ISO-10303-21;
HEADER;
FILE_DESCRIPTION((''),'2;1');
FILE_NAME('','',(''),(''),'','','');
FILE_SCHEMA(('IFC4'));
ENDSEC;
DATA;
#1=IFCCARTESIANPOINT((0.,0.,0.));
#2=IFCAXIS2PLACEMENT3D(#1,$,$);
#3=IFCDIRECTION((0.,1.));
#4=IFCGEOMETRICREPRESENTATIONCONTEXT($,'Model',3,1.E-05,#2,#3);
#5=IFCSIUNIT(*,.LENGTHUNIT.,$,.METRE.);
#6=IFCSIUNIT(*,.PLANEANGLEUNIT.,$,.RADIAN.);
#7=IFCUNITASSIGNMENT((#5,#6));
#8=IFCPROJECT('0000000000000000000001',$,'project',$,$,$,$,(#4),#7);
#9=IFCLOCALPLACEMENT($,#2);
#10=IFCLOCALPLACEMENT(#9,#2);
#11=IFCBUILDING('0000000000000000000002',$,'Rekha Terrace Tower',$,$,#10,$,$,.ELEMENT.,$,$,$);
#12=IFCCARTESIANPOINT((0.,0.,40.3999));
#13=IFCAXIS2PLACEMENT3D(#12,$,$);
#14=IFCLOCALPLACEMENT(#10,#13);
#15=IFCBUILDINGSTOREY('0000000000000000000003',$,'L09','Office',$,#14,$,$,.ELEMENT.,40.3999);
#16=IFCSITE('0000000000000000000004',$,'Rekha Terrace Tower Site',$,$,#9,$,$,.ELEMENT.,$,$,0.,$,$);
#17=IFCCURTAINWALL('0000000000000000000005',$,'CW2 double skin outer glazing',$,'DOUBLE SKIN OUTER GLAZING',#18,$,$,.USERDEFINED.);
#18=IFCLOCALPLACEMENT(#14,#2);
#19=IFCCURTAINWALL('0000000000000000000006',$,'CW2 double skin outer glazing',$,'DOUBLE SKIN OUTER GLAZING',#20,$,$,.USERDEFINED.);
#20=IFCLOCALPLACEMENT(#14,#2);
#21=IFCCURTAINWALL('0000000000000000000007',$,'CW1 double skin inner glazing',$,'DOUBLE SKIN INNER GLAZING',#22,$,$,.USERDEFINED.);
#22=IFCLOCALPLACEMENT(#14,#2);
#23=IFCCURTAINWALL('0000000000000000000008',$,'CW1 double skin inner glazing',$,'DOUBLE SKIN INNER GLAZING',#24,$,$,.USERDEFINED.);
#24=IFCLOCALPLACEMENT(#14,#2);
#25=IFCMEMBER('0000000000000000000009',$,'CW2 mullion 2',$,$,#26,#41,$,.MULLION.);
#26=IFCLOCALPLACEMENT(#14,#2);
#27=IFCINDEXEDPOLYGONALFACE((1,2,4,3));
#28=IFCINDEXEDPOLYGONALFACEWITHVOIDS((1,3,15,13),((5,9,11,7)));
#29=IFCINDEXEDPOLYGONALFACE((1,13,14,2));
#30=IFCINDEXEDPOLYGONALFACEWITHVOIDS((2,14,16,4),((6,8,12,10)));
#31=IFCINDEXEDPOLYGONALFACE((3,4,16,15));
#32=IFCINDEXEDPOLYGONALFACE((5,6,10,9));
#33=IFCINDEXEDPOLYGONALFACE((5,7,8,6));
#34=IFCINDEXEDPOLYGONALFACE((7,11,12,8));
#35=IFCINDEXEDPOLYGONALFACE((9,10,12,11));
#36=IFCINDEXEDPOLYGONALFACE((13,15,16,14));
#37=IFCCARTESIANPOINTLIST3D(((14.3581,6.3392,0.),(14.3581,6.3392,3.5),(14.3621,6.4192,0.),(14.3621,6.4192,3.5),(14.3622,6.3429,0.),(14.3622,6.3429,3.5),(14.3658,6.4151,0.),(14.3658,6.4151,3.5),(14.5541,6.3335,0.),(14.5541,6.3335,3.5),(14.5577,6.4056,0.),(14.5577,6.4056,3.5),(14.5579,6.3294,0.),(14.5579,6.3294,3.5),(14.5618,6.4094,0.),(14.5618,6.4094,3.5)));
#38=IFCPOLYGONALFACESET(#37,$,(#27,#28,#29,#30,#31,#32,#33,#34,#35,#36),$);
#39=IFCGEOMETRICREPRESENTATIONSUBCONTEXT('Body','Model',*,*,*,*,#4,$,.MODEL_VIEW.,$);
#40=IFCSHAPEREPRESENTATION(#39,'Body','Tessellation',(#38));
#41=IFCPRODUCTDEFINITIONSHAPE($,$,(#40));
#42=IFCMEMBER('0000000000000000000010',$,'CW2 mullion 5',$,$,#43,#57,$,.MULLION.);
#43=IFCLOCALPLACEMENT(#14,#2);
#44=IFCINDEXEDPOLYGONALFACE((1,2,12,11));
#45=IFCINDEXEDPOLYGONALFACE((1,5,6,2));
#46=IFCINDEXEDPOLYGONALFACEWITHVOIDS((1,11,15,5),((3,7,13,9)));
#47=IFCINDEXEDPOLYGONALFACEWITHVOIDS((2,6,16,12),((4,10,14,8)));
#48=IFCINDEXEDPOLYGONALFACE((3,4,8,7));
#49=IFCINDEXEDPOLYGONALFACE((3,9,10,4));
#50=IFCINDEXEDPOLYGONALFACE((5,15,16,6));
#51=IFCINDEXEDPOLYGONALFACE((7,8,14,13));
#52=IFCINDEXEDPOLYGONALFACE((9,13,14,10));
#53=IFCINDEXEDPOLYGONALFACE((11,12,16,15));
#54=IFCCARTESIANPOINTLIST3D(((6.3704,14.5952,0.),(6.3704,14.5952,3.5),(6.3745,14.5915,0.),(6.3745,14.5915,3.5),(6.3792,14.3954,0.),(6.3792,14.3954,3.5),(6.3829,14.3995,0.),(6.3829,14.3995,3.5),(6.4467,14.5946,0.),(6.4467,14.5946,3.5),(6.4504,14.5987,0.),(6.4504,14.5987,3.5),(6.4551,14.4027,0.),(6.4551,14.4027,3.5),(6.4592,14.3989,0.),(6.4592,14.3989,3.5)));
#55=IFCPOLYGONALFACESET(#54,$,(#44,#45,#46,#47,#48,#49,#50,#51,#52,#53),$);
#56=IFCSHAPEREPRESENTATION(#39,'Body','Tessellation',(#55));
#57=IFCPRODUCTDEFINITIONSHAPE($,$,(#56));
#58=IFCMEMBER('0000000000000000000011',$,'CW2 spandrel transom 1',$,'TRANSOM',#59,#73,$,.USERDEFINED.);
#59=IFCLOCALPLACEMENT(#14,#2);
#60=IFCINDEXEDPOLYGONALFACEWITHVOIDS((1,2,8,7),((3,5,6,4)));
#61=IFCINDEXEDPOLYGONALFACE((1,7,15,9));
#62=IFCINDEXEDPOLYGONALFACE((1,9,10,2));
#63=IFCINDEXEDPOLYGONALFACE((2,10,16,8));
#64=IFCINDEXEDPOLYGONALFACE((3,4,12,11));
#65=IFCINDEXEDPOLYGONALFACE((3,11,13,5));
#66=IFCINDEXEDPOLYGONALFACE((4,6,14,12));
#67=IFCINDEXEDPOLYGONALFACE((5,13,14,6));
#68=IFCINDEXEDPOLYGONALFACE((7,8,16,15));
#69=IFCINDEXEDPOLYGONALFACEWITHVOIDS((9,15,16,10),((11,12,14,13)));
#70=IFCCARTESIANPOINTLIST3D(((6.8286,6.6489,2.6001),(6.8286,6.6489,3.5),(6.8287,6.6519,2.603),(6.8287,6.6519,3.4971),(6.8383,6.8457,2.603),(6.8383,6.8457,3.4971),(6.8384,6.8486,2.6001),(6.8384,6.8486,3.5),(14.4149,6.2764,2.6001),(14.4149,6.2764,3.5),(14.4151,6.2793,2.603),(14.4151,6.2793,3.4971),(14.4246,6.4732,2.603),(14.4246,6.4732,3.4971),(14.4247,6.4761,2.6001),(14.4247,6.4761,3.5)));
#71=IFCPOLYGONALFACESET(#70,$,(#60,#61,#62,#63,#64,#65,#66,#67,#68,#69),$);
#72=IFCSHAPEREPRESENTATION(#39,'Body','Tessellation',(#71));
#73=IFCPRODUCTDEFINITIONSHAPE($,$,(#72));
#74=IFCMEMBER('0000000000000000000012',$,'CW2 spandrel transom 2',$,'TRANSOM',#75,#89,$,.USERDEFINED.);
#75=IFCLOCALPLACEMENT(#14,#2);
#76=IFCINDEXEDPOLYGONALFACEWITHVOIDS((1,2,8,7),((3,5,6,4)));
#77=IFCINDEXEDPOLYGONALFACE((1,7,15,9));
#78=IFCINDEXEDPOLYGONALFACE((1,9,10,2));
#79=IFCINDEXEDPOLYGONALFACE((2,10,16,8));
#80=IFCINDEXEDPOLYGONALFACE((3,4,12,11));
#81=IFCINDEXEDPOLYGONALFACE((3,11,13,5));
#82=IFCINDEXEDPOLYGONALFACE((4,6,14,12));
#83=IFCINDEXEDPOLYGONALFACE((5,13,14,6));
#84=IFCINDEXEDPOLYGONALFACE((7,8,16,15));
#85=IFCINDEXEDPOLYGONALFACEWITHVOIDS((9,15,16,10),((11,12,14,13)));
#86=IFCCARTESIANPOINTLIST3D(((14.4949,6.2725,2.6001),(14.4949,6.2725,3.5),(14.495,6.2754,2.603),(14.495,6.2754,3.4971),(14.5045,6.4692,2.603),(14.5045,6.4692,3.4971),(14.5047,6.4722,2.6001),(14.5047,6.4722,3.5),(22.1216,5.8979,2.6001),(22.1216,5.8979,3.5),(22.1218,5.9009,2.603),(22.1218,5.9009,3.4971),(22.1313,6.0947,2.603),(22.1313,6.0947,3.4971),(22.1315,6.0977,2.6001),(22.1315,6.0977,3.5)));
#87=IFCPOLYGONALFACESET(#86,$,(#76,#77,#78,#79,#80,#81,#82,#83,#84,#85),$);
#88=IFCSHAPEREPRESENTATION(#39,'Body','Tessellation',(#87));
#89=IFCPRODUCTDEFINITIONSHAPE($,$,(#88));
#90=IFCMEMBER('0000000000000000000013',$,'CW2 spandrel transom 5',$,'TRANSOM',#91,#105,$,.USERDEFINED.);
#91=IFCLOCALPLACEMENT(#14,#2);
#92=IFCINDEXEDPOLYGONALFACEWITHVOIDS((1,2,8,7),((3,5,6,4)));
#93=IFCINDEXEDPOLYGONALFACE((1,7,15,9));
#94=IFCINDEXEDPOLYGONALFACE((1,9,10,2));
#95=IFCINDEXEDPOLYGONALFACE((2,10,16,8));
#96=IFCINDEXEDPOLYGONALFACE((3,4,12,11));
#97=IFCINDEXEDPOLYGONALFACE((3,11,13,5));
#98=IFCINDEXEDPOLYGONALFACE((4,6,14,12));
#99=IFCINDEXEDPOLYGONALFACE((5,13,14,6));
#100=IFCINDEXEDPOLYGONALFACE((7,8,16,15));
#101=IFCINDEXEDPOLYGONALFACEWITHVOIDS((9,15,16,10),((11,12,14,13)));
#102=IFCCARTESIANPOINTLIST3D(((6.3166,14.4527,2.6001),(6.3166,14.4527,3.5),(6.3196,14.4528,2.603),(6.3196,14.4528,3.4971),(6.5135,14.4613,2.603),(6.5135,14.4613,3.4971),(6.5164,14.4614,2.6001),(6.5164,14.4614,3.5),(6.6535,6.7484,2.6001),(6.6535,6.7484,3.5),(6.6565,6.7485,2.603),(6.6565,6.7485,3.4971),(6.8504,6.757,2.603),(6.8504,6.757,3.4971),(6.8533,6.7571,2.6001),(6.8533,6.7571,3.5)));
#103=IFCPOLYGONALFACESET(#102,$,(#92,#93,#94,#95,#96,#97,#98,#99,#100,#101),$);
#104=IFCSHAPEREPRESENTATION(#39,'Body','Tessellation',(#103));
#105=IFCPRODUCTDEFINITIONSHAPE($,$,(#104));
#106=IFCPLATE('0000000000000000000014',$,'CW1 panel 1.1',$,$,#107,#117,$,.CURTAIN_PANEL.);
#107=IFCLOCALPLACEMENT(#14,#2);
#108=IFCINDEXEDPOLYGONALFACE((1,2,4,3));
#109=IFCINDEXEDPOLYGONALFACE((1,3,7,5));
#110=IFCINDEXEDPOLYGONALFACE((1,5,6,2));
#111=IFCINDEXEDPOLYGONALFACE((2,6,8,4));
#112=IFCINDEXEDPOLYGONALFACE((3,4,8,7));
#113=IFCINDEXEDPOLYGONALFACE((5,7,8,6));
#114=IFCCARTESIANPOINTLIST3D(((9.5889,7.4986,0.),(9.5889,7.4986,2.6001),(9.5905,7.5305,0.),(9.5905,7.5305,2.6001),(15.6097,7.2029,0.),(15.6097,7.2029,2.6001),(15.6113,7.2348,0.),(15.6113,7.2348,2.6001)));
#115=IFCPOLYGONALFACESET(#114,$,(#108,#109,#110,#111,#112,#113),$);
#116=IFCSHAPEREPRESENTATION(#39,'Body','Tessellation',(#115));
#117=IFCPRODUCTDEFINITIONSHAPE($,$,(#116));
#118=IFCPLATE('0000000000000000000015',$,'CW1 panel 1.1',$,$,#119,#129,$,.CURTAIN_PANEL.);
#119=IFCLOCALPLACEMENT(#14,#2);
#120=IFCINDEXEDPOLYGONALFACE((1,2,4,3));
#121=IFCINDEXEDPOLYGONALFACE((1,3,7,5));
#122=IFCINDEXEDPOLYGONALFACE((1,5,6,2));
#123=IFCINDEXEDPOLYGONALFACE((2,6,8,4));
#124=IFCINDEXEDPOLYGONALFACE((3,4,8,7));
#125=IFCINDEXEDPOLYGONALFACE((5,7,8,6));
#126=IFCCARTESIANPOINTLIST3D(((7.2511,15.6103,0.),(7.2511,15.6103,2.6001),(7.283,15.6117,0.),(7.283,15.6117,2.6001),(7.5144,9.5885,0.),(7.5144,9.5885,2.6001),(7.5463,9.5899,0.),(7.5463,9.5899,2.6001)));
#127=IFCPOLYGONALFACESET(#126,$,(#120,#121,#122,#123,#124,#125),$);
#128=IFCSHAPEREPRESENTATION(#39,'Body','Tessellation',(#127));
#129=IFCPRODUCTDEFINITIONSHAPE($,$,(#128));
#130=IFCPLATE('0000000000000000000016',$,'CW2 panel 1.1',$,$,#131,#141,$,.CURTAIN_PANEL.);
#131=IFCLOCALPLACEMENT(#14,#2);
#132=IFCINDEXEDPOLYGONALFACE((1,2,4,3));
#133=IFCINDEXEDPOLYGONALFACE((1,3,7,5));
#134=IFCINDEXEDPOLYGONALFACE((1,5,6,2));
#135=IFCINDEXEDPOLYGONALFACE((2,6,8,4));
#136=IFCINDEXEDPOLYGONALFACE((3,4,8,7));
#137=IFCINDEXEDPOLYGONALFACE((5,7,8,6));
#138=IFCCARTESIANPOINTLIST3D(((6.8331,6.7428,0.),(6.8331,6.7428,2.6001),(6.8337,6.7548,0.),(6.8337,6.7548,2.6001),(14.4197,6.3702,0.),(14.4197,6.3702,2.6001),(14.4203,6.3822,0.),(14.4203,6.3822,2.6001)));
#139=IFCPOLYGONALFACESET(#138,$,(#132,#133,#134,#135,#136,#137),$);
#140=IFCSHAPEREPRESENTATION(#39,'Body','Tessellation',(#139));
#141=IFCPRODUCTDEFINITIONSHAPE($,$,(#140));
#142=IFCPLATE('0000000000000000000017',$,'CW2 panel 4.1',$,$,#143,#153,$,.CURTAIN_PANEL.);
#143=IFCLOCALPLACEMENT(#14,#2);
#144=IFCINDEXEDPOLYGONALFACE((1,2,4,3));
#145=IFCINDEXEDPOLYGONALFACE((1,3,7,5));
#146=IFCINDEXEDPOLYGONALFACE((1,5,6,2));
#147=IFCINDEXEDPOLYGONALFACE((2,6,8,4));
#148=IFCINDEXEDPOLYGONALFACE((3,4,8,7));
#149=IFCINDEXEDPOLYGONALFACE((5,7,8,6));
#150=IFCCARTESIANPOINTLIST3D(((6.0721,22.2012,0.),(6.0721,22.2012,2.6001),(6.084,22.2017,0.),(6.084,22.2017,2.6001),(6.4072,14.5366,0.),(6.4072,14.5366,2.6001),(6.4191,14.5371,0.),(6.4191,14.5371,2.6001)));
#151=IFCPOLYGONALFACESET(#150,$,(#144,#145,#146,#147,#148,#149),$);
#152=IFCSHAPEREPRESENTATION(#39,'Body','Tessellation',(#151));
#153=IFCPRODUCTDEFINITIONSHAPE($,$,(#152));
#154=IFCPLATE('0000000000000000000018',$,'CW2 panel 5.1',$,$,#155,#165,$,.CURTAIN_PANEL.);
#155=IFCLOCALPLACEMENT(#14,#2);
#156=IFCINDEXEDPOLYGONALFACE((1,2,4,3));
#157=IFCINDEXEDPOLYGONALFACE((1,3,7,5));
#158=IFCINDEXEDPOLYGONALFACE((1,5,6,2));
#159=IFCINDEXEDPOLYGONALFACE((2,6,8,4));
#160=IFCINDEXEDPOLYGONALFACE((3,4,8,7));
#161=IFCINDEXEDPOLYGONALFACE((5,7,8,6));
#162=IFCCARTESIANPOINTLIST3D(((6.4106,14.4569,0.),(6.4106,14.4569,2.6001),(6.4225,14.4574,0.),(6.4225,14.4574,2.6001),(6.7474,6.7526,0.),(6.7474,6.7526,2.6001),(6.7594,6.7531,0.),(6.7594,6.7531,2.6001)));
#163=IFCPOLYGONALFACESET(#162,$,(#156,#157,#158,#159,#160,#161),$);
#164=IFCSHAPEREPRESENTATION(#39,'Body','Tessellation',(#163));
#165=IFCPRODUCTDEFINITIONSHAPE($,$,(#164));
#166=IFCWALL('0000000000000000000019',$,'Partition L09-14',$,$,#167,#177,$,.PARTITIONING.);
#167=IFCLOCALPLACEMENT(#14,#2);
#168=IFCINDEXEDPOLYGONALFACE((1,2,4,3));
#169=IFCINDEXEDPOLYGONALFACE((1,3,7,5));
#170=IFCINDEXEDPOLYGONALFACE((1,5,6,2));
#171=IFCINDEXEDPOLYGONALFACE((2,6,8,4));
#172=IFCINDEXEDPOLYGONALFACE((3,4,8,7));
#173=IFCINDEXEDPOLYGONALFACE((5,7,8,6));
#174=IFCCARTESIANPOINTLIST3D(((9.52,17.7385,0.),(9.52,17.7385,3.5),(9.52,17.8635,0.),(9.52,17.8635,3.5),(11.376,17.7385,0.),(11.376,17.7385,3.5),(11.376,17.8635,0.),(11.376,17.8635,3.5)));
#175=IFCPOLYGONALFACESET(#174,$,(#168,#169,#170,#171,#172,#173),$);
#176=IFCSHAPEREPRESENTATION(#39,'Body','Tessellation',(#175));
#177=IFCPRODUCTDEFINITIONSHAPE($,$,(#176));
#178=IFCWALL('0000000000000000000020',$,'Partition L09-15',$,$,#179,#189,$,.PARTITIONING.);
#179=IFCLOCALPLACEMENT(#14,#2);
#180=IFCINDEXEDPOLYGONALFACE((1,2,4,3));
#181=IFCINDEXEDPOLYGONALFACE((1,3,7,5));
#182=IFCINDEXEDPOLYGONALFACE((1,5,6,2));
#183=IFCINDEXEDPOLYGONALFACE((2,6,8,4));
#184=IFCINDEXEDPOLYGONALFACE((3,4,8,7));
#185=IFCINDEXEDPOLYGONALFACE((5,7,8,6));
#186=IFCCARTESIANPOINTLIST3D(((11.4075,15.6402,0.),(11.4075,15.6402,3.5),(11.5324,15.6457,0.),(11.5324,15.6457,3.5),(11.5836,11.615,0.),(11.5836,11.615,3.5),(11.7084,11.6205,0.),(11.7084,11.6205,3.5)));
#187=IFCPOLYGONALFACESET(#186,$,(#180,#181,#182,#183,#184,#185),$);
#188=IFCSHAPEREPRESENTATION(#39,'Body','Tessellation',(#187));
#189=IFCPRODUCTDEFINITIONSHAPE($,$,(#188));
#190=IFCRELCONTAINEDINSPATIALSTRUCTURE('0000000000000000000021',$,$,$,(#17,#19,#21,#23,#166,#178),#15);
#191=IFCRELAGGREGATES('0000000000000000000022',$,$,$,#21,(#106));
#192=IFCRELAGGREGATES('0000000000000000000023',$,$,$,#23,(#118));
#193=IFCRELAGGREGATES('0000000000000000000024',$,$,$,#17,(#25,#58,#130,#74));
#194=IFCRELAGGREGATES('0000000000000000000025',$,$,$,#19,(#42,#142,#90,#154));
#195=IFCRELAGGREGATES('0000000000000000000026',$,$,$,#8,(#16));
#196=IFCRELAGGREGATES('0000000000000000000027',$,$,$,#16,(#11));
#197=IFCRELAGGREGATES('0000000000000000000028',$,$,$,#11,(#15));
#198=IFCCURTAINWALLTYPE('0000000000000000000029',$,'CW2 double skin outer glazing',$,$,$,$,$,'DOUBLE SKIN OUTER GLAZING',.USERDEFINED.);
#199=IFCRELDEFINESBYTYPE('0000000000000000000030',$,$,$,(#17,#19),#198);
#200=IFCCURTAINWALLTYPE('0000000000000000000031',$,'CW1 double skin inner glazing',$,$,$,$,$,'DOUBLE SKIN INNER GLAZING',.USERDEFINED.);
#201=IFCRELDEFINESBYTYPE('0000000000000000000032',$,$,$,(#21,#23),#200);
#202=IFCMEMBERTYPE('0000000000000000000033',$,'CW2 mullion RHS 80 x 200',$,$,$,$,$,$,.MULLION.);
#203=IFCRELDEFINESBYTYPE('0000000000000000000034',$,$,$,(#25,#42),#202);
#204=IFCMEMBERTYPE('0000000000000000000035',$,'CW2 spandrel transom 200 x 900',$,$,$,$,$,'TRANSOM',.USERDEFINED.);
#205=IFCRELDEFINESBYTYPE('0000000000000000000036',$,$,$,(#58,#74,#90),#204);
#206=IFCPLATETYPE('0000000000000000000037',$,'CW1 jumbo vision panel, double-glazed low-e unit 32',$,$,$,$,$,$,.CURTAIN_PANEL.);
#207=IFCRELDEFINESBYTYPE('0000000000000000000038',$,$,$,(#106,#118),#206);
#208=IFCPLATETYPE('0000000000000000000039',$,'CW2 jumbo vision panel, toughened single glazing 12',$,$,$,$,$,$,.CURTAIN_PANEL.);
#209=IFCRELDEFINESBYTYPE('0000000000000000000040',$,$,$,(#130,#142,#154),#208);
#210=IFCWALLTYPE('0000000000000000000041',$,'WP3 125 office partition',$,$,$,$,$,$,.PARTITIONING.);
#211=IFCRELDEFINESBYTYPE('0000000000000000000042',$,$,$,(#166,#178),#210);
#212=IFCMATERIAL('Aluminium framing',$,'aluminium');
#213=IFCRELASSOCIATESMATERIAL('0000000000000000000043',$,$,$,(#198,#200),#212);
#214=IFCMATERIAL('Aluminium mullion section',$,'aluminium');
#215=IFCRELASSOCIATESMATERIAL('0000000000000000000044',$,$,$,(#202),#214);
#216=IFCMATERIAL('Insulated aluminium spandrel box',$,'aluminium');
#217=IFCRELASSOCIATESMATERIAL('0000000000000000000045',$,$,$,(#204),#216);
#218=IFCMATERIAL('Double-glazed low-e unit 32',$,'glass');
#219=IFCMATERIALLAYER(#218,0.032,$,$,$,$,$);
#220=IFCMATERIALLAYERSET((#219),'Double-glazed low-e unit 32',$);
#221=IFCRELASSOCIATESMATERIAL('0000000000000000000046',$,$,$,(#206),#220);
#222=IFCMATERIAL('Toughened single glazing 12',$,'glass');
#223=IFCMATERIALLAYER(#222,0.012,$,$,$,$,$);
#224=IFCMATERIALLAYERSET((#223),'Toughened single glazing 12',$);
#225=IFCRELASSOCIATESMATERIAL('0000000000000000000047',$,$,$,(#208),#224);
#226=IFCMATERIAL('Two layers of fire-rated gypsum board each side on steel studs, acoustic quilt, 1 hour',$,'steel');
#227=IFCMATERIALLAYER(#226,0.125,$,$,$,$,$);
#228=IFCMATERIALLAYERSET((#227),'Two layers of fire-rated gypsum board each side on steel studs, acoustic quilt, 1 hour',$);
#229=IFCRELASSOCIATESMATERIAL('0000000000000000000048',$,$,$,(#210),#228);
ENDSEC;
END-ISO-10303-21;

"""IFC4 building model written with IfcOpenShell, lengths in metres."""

from ifc_helpers import new_model, si_unit, direction, frame, frame_2d, origin, origin_2d, place, context, subcontext, project, spatial, rectangle, hollow_rectangle, extrude, material, layer, layer_set, material_profile, profile_set, type_object, element, aggregate, save


model = new_model("IFC4")

# Units and contexts
model_context = context("Model", 3, precision=1e-05, world=origin(), true_north=direction((0.0, 1.0)))
body_context = subcontext(model_context, "Body", "Model", "MODEL_VIEW")
ifc_project = project(units=[si_unit("LENGTHUNIT", "METRE"), si_unit("PLANEANGLEUNIT", "RADIAN")], contexts=[model_context])

# Site, building, storey
site_placement = place(None, origin())
site = spatial("IfcSite", under=ifc_project, at=site_placement, Name="Rekha Terrace Tower Site", CompositionType="ELEMENT", RefElevation=0.0)
building_placement = place(site_placement, origin())
building = spatial("IfcBuilding", under=site, at=building_placement, Name="Rekha Terrace Tower", CompositionType="ELEMENT")
storey_placement = place(building_placement, frame((0.0, 0.0, 40.3999)))
storey = spatial("IfcBuildingStorey", under=building, at=storey_placement, Name="L09", Description="Office", CompositionType="ELEMENT", Elevation=40.3999)

# Curtain walls
ifc_material_1 = material(Name="Aluminium framing", Category="aluminium")
curtain_wall_type_1 = type_object("IfcCurtainWallType", Name="CW2 double skin outer glazing", ElementType="DOUBLE SKIN OUTER GLAZING", PredefinedType="USERDEFINED", material=ifc_material_1)
curtain_wall_1_placement = place(storey_placement, origin())
curtain_wall_1 = element("IfcCurtainWall", 1, at=curtain_wall_1_placement, inside=storey, type_object=curtain_wall_type_1, Name="CW2 double skin outer glazing", ObjectType="DOUBLE SKIN OUTER GLAZING", PredefinedType="USERDEFINED")
curtain_wall_2_placement = place(storey_placement, origin())
curtain_wall_2 = element("IfcCurtainWall", 2, at=curtain_wall_2_placement, inside=storey, type_object=curtain_wall_type_1, Name="CW2 double skin outer glazing", ObjectType="DOUBLE SKIN OUTER GLAZING", PredefinedType="USERDEFINED")
curtain_wall_type_2 = type_object("IfcCurtainWallType", Name="CW1 double skin inner glazing", ElementType="DOUBLE SKIN INNER GLAZING", PredefinedType="USERDEFINED", material=ifc_material_1)
curtain_wall_3_placement = place(storey_placement, origin())
curtain_wall_3 = element("IfcCurtainWall", 3, at=curtain_wall_3_placement, inside=storey, type_object=curtain_wall_type_2, Name="CW1 double skin inner glazing", ObjectType="DOUBLE SKIN INNER GLAZING", PredefinedType="USERDEFINED")
ifc_material_2 = material(Name="Aluminium mullion section", Category="aluminium")

# Curtain wall
curtain_wall_4_placement = place(storey_placement, origin())
curtain_wall_4 = element("IfcCurtainWall", 4, at=curtain_wall_4_placement, inside=storey, type_object=curtain_wall_type_2, Name="CW1 double skin inner glazing", ObjectType="DOUBLE SKIN INNER GLAZING", PredefinedType="USERDEFINED")

# Members
ifc_material_3 = material(Name="Insulated aluminium spandrel box", Category="aluminium")
ifc_material_profile_1 = material_profile(ifc_material_2, hollow_rectangle(XDim=0.0801, YDim=0.2, WallThickness=0.0039, at=origin_2d()), Name="AL RHS 80x200")
ifc_profile_set_1 = profile_set([ifc_material_profile_1], Name="Aluminium mullion section")
member_type_1 = type_object("IfcMemberType", Name="CW2 mullion RHS 80 x 200", PredefinedType="MULLION", material=ifc_profile_set_1)
member_1_placement = place(storey_placement, frame((14.46, 6.3743, 0.0), z_axis=(0.0, 0.0, 1.0), x_axis=(0.049052, 0.998796, 0.0)))
member_1 = element("IfcMember", 5, at=member_1_placement, type_object=member_type_1, Name="CW2 mullion 2", PredefinedType="MULLION", context=body_context, shape_type="SweptSolid", body=[
    extrude(hollow_rectangle(XDim=0.0801, YDim=0.2, WallThickness=0.0039, at=origin_2d()), origin(), (0.0, 0.0, 1.0), 3.5),
])
member_2_placement = place(storey_placement, frame((6.4148, 14.4971, 0.0), z_axis=(0.0, 0.0, 1.0), x_axis=(0.999045, 0.043683, 0.0)))
member_2 = element("IfcMember", 6, at=member_2_placement, type_object=member_type_1, Name="CW2 mullion 5", PredefinedType="MULLION", context=body_context, shape_type="SweptSolid", body=[
    extrude(hollow_rectangle(XDim=0.0801, YDim=0.2, WallThickness=0.0039, at=origin_2d()), origin(), (0.0, 0.0, 1.0), 3.5),
])
ifc_material_profile_2 = material_profile(ifc_material_3, hollow_rectangle(XDim=0.2, YDim=0.8999, WallThickness=0.0029, at=origin_2d()), Name="AL SPANDREL BOX 200x900")
ifc_profile_set_2 = profile_set([ifc_material_profile_2], Name="Insulated aluminium spandrel box")
member_type_2 = type_object("IfcMemberType", Name="CW2 spandrel transom 200 x 900", ElementType="TRANSOM", PredefinedType="USERDEFINED", material=ifc_profile_set_2)
member_3_placement = place(storey_placement, frame((6.8335, 6.7488, 3.05), z_axis=(0.998796, -0.049049, 0.0), x_axis=(0.049049, 0.998796, 0.0)))
member_3 = element("IfcMember", 7, at=member_3_placement, type_object=member_type_2, Name="CW2 spandrel transom 1", ObjectType="TRANSOM", PredefinedType="USERDEFINED", context=body_context, shape_type="SweptSolid", body=[
    extrude(hollow_rectangle(XDim=0.2, YDim=0.8999, WallThickness=0.0029, at=origin_2d()), origin(), (0.0, 0.0, 1.0), 7.5955),
])
member_4_placement = place(storey_placement, frame((14.4998, 6.3723, 3.05), z_axis=(0.998797, -0.049046, 0.0), x_axis=(0.049046, 0.998797, 0.0)))
member_4 = element("IfcMember", 8, at=member_4_placement, type_object=member_type_2, Name="CW2 spandrel transom 2", ObjectType="TRANSOM", PredefinedType="USERDEFINED", context=body_context, shape_type="SweptSolid", body=[
    extrude(hollow_rectangle(XDim=0.2, YDim=0.8999, WallThickness=0.0029, at=origin_2d()), origin(), (0.0, 0.0, 1.0), 7.636),
])
member_5_placement = place(storey_placement, frame((6.4165, 14.457, 3.05), z_axis=(0.043689, -0.999045, 0.0), x_axis=(0.999045, 0.043689, 0.0)))
member_5 = element("IfcMember", 9, at=member_5_placement, type_object=member_type_2, Name="CW2 spandrel transom 5", ObjectType="TRANSOM", PredefinedType="USERDEFINED", context=body_context, shape_type="SweptSolid", body=[
    extrude(hollow_rectangle(XDim=0.2, YDim=0.8999, WallThickness=0.0029, at=origin_2d()), origin(), (0.0, 0.0, 1.0), 7.7117),
])

# Plates
ifc_material_4 = material(Name="Double-glazed low-e unit 32", Category="glass")
ifc_layer_1 = layer(ifc_material_4, 0.032)
ifc_layer_set_1 = layer_set([ifc_layer_1], Name="Double-glazed low-e unit 32")
plate_type_1 = type_object("IfcPlateType", Name="CW1 jumbo vision panel, double-glazed low-e unit 32", PredefinedType="CURTAIN_PANEL", material=ifc_layer_set_1)
plate_1_placement = place(storey_placement, frame((12.6001, 7.3667, 0.0), z_axis=(0.0, 0.0, 1.0), x_axis=(0.998796, -0.049052, 0.0)))
plate_1 = element("IfcPlate", 10, at=plate_1_placement, type_object=plate_type_1, Name="CW1 panel 1.1", PredefinedType="CURTAIN_PANEL", context=body_context, shape_type="SweptSolid", body=[
    extrude(rectangle(XDim=6.0281, YDim=0.032, at=origin_2d()), origin(), (0.0, 0.0, 1.0), 2.6001),
])
aggregate(curtain_wall_3, [plate_1])
plate_2_placement = place(storey_placement, frame((7.3987, 12.6001, 0.0), z_axis=(0.0, 0.0, 1.0), x_axis=(0.043683, -0.999045, 0.0)))
plate_2 = element("IfcPlate", 11, at=plate_2_placement, type_object=plate_type_1, Name="CW1 panel 1.1", PredefinedType="CURTAIN_PANEL", context=body_context, shape_type="SweptSolid", body=[
    extrude(rectangle(XDim=6.0276, YDim=0.032, at=origin_2d()), origin(), (0.0, 0.0, 1.0), 2.6001),
])
aggregate(curtain_wall_4, [plate_2])
ifc_material_5 = material(Name="Toughened single glazing 12", Category="glass")
ifc_layer_2 = layer(ifc_material_5, 0.012)
ifc_layer_set_2 = layer_set([ifc_layer_2], Name="Toughened single glazing 12")
plate_type_2 = type_object("IfcPlateType", Name="CW2 jumbo vision panel, toughened single glazing 12", PredefinedType="CURTAIN_PANEL", material=ifc_layer_set_2)
plate_3_placement = place(storey_placement, frame((10.6267, 6.5625, 0.0), z_axis=(0.0, 0.0, 1.0), x_axis=(0.998796, -0.049052, 0.0)))
plate_3 = element("IfcPlate", 12, at=plate_3_placement, type_object=plate_type_2, Name="CW2 panel 1.1", PredefinedType="CURTAIN_PANEL", context=body_context, shape_type="SweptSolid", body=[
    extrude(rectangle(XDim=7.5957, YDim=0.012, at=origin_2d()), origin(), (0.0, 0.0, 1.0), 2.6001),
])
aggregate(curtain_wall_1, [member_1, member_3, plate_3, member_4])
plate_4_placement = place(storey_placement, frame((6.2456, 18.3691, 0.0), z_axis=(0.0, 0.0, 1.0), x_axis=(0.043683, -0.999045, 0.0)))
plate_4 = element("IfcPlate", 13, at=plate_4_placement, type_object=plate_type_2, Name="CW2 panel 4.1", PredefinedType="CURTAIN_PANEL", context=body_context, shape_type="SweptSolid", body=[
    extrude(rectangle(XDim=7.6719, YDim=0.012, at=origin_2d()), origin(), (0.0, 0.0, 1.0), 2.6001),
])
plate_5_placement = place(storey_placement, frame((6.585, 10.605, 0.0), z_axis=(0.0, 0.0, 1.0), x_axis=(0.043683, -0.999045, 0.0)))
plate_5 = element("IfcPlate", 14, at=plate_5_placement, type_object=plate_type_2, Name="CW2 panel 5.1", PredefinedType="CURTAIN_PANEL", context=body_context, shape_type="SweptSolid", body=[
    extrude(rectangle(XDim=7.7117, YDim=0.012, at=origin_2d()), origin(), (0.0, 0.0, 1.0), 2.6001),
])
aggregate(curtain_wall_2, [member_2, plate_4, member_5, plate_5])

# Walls
ifc_material_6 = material(Name="Two layers of fire-rated gypsum board each side on steel studs, acoustic quilt, 1 hour", Category="steel")
ifc_layer_3 = layer(ifc_material_6, 0.125)
ifc_layer_set_3 = layer_set([ifc_layer_3], Name="Two layers of fire-rated gypsum board each side on steel studs, acoustic quilt, 1 hour")
wall_type = type_object("IfcWallType", Name="WP3 125 office partition", PredefinedType="PARTITIONING", material=ifc_layer_set_3)
wall_1_placement = place(storey_placement, frame((11.376, 17.801, 0.0), z_axis=(0.0, 0.0, 1.0), x_axis=(-1.0, 0.0, 0.0)))
element("IfcWall", 15, at=wall_1_placement, inside=storey, type_object=wall_type, Name="Partition L09-14", PredefinedType="PARTITIONING", context=body_context, shape_type="SweptSolid", body=[
    extrude(rectangle(XDim=1.856, YDim=0.125, at=frame_2d((0.928, 0.0))), origin(), (0.0, 0.0, 1.0), 3.5),
])
wall_2_placement = place(storey_placement, frame((11.47, 15.6431, 0.0), z_axis=(0.0, 0.0, 1.0), x_axis=(0.04369, -0.999045, 0.0)))
element("IfcWall", 16, at=wall_2_placement, inside=storey, type_object=wall_type, Name="Partition L09-15", PredefinedType="PARTITIONING", context=body_context, shape_type="SweptSolid", body=[
    extrude(rectangle(XDim=4.0291, YDim=0.125, at=frame_2d((2.0146, 0.0))), origin(), (0.0, 0.0, 1.0), 3.5),
])

save(model, "model.ifc")
